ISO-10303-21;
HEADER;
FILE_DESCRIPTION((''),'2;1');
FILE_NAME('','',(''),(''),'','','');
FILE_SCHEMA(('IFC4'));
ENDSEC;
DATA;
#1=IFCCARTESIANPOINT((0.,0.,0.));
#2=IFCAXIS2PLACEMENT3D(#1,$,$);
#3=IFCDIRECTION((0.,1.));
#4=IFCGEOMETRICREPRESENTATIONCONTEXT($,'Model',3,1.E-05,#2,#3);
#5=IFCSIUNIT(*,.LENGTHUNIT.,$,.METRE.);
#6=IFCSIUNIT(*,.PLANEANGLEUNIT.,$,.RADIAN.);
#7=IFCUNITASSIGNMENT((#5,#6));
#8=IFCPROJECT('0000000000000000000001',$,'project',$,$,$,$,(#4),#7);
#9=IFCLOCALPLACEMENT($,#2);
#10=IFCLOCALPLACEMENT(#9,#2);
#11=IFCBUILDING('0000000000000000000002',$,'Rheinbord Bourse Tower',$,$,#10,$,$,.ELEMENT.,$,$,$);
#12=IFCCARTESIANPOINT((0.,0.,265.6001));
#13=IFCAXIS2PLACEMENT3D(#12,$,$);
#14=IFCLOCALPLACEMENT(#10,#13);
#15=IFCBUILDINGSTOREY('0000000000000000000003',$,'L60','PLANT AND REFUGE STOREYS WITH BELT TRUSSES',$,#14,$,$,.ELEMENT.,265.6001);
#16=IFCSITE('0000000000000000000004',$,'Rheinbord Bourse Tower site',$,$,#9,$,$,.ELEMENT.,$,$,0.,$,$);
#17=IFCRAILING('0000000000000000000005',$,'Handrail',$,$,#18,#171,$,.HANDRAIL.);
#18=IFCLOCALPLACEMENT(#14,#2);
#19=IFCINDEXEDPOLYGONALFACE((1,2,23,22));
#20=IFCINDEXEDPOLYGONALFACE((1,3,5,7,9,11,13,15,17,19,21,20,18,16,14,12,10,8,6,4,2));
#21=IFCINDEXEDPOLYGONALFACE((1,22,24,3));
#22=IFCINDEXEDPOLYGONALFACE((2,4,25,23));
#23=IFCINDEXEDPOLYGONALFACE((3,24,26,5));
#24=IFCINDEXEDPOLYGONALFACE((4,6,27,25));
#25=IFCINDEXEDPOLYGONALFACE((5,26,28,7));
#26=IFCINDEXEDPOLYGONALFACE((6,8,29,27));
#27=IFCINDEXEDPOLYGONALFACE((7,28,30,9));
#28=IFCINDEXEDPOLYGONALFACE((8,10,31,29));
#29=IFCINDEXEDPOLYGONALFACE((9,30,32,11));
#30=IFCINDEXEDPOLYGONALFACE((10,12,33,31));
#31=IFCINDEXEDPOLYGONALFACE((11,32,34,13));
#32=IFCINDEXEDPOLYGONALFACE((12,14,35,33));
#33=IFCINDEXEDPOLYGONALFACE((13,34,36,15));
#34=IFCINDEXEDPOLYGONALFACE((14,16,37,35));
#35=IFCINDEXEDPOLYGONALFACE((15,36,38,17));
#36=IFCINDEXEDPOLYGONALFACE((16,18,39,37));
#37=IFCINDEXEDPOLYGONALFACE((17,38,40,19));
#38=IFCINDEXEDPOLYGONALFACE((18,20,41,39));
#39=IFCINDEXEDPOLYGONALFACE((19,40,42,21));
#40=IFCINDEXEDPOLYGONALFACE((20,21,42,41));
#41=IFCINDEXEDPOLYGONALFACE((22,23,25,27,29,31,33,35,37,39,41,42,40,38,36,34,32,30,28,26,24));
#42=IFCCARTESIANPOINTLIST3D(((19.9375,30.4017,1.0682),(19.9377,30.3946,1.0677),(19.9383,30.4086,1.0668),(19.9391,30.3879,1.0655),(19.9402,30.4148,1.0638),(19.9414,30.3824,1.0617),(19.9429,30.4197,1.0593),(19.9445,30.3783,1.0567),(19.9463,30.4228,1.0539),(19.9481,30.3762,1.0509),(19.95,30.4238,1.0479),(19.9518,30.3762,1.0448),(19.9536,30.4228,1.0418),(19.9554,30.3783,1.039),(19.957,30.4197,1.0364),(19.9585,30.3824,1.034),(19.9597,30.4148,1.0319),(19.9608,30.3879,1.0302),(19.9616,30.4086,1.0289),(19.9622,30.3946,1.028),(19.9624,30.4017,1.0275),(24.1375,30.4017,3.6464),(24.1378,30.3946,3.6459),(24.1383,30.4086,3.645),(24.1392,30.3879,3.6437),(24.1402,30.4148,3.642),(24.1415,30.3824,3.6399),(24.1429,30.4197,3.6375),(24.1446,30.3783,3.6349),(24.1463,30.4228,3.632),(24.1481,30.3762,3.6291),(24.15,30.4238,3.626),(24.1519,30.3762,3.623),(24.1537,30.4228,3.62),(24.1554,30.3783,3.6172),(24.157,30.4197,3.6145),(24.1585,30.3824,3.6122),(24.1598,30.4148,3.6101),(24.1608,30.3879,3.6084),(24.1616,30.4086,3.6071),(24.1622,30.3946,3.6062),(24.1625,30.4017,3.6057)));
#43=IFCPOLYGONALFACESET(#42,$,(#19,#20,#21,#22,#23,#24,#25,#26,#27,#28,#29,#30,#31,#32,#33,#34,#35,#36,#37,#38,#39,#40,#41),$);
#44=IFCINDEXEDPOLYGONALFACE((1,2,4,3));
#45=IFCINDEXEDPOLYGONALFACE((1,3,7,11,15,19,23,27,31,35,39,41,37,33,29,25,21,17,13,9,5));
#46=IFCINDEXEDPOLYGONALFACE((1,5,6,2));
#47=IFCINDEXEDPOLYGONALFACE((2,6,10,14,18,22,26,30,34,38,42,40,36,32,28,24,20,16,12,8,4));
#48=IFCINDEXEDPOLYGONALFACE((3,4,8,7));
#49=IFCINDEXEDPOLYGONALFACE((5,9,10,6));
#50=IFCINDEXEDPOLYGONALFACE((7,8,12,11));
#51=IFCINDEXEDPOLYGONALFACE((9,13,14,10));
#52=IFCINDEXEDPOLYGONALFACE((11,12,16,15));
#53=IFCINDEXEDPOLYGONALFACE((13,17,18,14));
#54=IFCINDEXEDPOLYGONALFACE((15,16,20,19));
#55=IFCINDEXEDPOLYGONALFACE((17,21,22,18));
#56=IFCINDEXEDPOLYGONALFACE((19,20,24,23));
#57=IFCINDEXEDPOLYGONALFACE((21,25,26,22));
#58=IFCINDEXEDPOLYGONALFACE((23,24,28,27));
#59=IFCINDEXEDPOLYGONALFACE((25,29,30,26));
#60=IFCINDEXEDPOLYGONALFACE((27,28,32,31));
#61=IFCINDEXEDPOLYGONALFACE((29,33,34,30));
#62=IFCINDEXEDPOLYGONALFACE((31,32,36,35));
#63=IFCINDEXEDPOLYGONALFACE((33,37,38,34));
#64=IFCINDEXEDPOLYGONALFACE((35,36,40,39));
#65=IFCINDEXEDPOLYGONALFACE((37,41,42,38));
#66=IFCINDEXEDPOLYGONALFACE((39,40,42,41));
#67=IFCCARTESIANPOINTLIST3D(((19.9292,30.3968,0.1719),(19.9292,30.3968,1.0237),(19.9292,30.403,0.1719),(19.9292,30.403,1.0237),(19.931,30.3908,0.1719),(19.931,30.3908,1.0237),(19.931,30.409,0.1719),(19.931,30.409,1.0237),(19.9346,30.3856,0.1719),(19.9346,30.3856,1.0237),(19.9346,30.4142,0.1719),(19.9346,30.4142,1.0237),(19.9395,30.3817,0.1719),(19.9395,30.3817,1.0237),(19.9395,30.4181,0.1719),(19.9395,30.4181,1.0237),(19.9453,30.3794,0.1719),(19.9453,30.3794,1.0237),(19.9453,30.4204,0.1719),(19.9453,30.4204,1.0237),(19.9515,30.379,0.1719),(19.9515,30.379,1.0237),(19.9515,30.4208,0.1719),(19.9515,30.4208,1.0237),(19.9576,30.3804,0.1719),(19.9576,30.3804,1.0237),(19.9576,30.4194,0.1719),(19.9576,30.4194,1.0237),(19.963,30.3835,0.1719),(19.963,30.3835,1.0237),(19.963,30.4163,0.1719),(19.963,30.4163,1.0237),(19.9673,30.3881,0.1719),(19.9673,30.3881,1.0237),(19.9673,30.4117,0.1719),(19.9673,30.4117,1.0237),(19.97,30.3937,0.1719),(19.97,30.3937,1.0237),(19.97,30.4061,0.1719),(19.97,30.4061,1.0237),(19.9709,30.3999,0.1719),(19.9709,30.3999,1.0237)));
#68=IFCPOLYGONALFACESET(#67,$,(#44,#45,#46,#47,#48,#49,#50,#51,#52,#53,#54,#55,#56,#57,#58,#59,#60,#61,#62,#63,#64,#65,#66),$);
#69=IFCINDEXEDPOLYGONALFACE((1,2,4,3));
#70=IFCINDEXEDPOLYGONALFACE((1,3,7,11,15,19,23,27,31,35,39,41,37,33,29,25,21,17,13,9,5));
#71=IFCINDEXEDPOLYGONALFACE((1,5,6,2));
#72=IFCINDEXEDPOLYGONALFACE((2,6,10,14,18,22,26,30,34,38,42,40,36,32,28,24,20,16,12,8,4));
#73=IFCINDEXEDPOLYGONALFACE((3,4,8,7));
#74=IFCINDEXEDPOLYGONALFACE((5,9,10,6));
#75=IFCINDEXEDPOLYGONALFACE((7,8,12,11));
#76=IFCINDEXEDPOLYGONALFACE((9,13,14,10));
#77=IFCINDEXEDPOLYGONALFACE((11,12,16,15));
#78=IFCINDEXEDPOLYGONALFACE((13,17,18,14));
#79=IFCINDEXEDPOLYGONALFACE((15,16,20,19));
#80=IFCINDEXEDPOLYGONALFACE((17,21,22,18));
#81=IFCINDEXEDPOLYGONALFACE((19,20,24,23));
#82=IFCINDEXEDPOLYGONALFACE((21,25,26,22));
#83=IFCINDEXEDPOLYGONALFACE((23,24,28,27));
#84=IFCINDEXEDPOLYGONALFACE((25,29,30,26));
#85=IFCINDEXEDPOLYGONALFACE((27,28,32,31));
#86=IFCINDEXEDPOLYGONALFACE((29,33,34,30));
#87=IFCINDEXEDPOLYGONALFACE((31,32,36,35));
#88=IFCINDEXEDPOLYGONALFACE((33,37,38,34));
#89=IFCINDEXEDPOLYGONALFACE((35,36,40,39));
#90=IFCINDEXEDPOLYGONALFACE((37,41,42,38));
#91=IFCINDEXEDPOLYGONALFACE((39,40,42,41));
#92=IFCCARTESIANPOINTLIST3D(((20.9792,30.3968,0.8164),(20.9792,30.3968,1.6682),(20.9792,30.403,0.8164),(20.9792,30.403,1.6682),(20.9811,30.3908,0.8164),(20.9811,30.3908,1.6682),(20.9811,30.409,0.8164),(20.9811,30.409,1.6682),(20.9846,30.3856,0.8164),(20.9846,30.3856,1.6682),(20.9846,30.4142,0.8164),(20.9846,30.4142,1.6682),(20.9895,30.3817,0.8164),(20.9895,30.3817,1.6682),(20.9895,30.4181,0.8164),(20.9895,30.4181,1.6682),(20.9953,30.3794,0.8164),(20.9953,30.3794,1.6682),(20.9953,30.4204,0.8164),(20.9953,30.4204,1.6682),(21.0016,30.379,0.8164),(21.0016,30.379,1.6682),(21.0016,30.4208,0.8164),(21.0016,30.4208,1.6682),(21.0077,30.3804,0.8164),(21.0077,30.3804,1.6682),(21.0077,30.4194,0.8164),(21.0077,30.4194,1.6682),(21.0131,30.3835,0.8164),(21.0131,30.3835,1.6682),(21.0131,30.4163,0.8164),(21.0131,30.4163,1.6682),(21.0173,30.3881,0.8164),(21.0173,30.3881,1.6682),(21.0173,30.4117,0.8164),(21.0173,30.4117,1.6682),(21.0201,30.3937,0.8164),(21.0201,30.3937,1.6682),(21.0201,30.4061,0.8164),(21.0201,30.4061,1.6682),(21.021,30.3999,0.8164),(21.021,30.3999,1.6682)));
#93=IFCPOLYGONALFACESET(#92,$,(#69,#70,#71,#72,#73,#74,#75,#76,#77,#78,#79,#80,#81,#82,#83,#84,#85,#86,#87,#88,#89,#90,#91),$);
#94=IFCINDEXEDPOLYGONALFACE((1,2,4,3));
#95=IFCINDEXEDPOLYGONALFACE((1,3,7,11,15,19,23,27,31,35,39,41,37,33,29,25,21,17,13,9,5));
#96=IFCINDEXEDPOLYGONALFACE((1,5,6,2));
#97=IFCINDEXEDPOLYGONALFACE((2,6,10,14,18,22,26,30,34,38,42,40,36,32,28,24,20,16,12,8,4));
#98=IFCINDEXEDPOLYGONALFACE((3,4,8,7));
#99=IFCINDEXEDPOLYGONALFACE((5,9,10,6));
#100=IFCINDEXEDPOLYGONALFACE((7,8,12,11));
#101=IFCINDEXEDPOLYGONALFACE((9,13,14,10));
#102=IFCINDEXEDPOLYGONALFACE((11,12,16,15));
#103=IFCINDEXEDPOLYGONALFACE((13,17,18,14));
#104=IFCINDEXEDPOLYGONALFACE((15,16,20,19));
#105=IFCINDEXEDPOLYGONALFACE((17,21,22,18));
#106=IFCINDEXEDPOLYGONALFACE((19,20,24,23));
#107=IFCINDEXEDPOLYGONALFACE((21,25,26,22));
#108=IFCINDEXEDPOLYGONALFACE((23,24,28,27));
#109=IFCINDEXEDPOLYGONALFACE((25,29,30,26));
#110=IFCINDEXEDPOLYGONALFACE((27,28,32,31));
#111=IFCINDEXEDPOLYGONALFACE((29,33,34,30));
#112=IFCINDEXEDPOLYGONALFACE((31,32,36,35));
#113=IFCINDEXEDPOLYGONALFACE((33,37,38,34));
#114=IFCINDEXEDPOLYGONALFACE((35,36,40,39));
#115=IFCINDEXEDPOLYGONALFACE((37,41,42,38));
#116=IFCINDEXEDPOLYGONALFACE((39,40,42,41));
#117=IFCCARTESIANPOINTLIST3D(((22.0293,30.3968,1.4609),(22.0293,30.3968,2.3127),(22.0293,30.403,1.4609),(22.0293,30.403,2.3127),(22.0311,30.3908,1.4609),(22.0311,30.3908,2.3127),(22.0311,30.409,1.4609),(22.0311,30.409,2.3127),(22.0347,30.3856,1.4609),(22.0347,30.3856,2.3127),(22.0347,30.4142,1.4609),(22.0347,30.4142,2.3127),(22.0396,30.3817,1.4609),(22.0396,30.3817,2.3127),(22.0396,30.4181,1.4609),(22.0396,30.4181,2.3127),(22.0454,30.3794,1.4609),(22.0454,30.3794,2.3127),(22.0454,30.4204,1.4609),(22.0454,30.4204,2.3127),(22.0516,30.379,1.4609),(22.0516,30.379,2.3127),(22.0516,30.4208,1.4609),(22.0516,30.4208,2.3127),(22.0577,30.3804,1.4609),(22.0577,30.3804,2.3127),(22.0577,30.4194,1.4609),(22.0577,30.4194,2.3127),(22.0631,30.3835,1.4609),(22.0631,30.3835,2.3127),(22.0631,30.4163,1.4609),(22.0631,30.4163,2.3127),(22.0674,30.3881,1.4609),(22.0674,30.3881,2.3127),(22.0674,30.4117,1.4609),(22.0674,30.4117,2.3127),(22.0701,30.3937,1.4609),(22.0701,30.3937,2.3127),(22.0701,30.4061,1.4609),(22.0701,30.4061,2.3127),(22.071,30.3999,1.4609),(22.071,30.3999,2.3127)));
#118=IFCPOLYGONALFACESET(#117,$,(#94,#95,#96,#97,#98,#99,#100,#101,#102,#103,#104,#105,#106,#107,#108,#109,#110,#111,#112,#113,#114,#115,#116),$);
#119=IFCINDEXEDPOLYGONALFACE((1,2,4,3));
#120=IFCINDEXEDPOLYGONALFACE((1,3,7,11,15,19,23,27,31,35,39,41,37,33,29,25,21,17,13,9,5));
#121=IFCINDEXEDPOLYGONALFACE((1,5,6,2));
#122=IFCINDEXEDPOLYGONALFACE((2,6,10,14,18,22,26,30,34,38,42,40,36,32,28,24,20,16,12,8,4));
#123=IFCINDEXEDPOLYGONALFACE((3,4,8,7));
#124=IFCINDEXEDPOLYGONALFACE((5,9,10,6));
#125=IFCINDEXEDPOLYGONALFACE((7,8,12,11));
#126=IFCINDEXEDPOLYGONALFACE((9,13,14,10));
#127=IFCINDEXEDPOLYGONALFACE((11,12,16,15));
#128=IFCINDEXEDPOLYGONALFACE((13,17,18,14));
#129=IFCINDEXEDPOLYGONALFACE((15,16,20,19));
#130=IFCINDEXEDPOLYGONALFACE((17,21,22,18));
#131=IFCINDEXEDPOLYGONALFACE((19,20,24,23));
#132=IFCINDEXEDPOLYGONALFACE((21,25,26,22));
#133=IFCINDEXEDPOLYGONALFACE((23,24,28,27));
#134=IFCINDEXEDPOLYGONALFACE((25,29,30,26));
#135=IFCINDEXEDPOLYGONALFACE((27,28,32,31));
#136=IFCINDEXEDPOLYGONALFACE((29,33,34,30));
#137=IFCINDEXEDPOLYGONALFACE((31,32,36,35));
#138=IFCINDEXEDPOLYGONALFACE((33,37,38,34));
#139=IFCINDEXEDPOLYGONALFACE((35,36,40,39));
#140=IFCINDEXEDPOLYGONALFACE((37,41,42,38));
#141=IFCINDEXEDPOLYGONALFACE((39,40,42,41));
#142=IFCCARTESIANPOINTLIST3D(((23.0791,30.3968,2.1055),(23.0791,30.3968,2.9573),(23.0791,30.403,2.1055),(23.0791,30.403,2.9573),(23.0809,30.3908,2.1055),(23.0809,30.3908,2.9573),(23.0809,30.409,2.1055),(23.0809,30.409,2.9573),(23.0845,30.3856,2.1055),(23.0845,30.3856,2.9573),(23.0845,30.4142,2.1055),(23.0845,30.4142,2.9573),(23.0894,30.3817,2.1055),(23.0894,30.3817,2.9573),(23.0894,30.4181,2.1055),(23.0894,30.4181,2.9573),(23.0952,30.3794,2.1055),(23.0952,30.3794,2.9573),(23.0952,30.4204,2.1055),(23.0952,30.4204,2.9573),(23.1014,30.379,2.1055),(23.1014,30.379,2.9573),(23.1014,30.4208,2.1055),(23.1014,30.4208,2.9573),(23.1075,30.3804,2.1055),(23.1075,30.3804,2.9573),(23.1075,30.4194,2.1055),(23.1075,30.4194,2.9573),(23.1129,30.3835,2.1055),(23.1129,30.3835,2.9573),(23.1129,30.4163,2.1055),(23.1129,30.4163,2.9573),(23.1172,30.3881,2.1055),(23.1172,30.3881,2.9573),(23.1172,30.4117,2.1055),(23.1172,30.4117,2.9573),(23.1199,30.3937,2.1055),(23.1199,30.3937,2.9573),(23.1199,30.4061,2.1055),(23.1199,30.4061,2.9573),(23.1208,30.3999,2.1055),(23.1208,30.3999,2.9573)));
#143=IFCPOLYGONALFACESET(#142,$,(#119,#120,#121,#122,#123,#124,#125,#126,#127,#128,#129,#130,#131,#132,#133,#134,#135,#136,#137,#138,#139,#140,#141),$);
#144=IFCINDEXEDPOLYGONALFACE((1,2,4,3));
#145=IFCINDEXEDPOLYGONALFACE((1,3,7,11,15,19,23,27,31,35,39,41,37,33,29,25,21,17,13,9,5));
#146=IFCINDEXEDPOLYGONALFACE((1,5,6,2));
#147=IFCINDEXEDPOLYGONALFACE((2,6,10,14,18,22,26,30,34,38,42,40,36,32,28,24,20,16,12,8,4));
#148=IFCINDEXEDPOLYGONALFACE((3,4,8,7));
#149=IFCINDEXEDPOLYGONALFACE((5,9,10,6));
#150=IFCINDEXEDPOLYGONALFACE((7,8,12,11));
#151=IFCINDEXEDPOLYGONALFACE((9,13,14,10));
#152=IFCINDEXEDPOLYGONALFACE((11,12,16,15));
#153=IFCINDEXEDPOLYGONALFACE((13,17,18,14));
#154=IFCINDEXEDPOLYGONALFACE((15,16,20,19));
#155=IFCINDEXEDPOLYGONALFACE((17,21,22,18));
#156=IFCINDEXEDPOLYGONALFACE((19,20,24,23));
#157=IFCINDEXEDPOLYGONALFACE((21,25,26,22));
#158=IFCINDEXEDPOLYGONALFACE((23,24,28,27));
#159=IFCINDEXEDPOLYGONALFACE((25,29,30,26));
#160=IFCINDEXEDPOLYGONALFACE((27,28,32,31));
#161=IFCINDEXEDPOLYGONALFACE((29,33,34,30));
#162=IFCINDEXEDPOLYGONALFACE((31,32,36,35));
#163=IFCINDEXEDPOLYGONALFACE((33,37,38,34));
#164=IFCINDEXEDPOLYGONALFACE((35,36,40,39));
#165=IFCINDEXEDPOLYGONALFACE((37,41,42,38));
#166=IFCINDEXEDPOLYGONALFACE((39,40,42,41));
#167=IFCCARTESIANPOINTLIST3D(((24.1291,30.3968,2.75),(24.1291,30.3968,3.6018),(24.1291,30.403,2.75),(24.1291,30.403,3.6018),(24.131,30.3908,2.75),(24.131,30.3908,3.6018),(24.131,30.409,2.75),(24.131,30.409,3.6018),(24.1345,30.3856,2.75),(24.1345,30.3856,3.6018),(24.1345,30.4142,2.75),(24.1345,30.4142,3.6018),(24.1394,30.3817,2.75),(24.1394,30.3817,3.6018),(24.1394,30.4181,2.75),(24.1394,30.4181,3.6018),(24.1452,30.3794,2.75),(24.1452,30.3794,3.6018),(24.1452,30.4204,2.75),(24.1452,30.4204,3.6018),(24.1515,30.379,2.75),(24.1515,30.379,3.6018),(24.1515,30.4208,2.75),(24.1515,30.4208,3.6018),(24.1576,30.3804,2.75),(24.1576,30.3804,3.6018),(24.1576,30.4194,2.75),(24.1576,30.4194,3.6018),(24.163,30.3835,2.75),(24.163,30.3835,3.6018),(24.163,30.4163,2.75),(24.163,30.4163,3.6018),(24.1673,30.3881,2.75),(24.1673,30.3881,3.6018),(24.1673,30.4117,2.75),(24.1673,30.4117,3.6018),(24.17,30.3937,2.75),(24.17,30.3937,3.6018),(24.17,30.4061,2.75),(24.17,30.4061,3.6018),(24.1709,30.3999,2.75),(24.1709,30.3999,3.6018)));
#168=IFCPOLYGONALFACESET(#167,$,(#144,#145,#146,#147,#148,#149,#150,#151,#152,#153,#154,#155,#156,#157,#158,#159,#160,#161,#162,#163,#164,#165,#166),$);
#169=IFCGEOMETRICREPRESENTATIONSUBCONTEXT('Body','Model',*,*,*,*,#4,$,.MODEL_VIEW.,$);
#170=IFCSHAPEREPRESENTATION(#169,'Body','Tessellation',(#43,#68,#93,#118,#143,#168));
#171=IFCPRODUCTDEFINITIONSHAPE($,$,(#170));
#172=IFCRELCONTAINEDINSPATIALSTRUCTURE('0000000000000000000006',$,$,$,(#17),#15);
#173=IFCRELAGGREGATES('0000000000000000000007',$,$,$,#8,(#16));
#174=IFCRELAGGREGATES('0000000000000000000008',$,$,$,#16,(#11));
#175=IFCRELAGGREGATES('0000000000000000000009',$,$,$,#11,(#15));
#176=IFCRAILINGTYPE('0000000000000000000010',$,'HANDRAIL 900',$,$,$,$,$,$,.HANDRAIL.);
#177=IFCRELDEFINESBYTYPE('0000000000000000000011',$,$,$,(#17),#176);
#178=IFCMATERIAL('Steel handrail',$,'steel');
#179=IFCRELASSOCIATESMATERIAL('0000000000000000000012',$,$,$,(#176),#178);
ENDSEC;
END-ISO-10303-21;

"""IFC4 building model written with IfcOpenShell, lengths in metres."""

from ifc_helpers import new_model, si_unit, direction, frame, origin, origin_2d, place, context, subcontext, project, spatial, circle, extrude, material, type_object, element, save


model = new_model("IFC4")

# Units and contexts
model_context = context("Model", 3, precision=1e-05, world=origin(), true_north=direction((0.0, 1.0)))
body_context = subcontext(model_context, "Body", "Model", "MODEL_VIEW")
ifc_project = project(units=[si_unit("LENGTHUNIT", "METRE"), si_unit("PLANEANGLEUNIT", "RADIAN")], contexts=[model_context])

# Site, building, storey
site_placement = place(None, origin())
site = spatial("IfcSite", under=ifc_project, at=site_placement, Name="Rheinbord Bourse Tower site", CompositionType="ELEMENT", RefElevation=0.0)
building_placement = place(site_placement, origin())
building = spatial("IfcBuilding", under=site, at=building_placement, Name="Rheinbord Bourse Tower", CompositionType="ELEMENT")
storey_placement = place(building_placement, frame((0.0, 0.0, 265.6001)))
storey = spatial("IfcBuildingStorey", under=building, at=storey_placement, Name="L60", Description="PLANT AND REFUGE STOREYS WITH BELT TRUSSES", CompositionType="ELEMENT", Elevation=265.6001)

# Railing
ifc_material_1 = material(Name="Steel handrail", Category="steel")
railing_type = type_object("IfcRailingType", Name="HANDRAIL 900", PredefinedType="HANDRAIL", material=ifc_material_1)
railing_1_placement = place(storey_placement, frame((19.95, 30.3999, 0.1719)))
element("IfcRailing", 1, at=railing_1_placement, inside=storey, type_object=railing_type, Name="Handrail", PredefinedType="HANDRAIL", context=body_context, shape_type="SweptSolid", body=[
    extrude(circle(Radius=0.0239, at=origin_2d()), frame((0.0, 0.0, 0.876), z_axis=(0.852243, 0.0, 0.523146), x_axis=(0.0, 1.0, 0.0)), (0.0, 0.0, 1.0), 4.9282),
    extrude(circle(Radius=0.021, at=origin_2d()), origin(), (0.0, 0.0, 1.0), 0.8518),
    extrude(circle(Radius=0.021, at=origin_2d()), frame((1.05, 0.0, 0.6445)), (0.0, 0.0, 1.0), 0.8518),
    extrude(circle(Radius=0.021, at=origin_2d()), frame((2.1001, 0.0, 1.2891)), (0.0, 0.0, 1.0), 0.8518),
    extrude(circle(Radius=0.021, at=origin_2d()), frame((3.1499, 0.0, 1.9336)), (0.0, 0.0, 1.0), 0.8518),
    extrude(circle(Radius=0.021, at=origin_2d()), frame((4.2, 0.0, 2.5781)), (0.0, 0.0, 1.0), 0.8518),
])

save(model, "model.ifc")
